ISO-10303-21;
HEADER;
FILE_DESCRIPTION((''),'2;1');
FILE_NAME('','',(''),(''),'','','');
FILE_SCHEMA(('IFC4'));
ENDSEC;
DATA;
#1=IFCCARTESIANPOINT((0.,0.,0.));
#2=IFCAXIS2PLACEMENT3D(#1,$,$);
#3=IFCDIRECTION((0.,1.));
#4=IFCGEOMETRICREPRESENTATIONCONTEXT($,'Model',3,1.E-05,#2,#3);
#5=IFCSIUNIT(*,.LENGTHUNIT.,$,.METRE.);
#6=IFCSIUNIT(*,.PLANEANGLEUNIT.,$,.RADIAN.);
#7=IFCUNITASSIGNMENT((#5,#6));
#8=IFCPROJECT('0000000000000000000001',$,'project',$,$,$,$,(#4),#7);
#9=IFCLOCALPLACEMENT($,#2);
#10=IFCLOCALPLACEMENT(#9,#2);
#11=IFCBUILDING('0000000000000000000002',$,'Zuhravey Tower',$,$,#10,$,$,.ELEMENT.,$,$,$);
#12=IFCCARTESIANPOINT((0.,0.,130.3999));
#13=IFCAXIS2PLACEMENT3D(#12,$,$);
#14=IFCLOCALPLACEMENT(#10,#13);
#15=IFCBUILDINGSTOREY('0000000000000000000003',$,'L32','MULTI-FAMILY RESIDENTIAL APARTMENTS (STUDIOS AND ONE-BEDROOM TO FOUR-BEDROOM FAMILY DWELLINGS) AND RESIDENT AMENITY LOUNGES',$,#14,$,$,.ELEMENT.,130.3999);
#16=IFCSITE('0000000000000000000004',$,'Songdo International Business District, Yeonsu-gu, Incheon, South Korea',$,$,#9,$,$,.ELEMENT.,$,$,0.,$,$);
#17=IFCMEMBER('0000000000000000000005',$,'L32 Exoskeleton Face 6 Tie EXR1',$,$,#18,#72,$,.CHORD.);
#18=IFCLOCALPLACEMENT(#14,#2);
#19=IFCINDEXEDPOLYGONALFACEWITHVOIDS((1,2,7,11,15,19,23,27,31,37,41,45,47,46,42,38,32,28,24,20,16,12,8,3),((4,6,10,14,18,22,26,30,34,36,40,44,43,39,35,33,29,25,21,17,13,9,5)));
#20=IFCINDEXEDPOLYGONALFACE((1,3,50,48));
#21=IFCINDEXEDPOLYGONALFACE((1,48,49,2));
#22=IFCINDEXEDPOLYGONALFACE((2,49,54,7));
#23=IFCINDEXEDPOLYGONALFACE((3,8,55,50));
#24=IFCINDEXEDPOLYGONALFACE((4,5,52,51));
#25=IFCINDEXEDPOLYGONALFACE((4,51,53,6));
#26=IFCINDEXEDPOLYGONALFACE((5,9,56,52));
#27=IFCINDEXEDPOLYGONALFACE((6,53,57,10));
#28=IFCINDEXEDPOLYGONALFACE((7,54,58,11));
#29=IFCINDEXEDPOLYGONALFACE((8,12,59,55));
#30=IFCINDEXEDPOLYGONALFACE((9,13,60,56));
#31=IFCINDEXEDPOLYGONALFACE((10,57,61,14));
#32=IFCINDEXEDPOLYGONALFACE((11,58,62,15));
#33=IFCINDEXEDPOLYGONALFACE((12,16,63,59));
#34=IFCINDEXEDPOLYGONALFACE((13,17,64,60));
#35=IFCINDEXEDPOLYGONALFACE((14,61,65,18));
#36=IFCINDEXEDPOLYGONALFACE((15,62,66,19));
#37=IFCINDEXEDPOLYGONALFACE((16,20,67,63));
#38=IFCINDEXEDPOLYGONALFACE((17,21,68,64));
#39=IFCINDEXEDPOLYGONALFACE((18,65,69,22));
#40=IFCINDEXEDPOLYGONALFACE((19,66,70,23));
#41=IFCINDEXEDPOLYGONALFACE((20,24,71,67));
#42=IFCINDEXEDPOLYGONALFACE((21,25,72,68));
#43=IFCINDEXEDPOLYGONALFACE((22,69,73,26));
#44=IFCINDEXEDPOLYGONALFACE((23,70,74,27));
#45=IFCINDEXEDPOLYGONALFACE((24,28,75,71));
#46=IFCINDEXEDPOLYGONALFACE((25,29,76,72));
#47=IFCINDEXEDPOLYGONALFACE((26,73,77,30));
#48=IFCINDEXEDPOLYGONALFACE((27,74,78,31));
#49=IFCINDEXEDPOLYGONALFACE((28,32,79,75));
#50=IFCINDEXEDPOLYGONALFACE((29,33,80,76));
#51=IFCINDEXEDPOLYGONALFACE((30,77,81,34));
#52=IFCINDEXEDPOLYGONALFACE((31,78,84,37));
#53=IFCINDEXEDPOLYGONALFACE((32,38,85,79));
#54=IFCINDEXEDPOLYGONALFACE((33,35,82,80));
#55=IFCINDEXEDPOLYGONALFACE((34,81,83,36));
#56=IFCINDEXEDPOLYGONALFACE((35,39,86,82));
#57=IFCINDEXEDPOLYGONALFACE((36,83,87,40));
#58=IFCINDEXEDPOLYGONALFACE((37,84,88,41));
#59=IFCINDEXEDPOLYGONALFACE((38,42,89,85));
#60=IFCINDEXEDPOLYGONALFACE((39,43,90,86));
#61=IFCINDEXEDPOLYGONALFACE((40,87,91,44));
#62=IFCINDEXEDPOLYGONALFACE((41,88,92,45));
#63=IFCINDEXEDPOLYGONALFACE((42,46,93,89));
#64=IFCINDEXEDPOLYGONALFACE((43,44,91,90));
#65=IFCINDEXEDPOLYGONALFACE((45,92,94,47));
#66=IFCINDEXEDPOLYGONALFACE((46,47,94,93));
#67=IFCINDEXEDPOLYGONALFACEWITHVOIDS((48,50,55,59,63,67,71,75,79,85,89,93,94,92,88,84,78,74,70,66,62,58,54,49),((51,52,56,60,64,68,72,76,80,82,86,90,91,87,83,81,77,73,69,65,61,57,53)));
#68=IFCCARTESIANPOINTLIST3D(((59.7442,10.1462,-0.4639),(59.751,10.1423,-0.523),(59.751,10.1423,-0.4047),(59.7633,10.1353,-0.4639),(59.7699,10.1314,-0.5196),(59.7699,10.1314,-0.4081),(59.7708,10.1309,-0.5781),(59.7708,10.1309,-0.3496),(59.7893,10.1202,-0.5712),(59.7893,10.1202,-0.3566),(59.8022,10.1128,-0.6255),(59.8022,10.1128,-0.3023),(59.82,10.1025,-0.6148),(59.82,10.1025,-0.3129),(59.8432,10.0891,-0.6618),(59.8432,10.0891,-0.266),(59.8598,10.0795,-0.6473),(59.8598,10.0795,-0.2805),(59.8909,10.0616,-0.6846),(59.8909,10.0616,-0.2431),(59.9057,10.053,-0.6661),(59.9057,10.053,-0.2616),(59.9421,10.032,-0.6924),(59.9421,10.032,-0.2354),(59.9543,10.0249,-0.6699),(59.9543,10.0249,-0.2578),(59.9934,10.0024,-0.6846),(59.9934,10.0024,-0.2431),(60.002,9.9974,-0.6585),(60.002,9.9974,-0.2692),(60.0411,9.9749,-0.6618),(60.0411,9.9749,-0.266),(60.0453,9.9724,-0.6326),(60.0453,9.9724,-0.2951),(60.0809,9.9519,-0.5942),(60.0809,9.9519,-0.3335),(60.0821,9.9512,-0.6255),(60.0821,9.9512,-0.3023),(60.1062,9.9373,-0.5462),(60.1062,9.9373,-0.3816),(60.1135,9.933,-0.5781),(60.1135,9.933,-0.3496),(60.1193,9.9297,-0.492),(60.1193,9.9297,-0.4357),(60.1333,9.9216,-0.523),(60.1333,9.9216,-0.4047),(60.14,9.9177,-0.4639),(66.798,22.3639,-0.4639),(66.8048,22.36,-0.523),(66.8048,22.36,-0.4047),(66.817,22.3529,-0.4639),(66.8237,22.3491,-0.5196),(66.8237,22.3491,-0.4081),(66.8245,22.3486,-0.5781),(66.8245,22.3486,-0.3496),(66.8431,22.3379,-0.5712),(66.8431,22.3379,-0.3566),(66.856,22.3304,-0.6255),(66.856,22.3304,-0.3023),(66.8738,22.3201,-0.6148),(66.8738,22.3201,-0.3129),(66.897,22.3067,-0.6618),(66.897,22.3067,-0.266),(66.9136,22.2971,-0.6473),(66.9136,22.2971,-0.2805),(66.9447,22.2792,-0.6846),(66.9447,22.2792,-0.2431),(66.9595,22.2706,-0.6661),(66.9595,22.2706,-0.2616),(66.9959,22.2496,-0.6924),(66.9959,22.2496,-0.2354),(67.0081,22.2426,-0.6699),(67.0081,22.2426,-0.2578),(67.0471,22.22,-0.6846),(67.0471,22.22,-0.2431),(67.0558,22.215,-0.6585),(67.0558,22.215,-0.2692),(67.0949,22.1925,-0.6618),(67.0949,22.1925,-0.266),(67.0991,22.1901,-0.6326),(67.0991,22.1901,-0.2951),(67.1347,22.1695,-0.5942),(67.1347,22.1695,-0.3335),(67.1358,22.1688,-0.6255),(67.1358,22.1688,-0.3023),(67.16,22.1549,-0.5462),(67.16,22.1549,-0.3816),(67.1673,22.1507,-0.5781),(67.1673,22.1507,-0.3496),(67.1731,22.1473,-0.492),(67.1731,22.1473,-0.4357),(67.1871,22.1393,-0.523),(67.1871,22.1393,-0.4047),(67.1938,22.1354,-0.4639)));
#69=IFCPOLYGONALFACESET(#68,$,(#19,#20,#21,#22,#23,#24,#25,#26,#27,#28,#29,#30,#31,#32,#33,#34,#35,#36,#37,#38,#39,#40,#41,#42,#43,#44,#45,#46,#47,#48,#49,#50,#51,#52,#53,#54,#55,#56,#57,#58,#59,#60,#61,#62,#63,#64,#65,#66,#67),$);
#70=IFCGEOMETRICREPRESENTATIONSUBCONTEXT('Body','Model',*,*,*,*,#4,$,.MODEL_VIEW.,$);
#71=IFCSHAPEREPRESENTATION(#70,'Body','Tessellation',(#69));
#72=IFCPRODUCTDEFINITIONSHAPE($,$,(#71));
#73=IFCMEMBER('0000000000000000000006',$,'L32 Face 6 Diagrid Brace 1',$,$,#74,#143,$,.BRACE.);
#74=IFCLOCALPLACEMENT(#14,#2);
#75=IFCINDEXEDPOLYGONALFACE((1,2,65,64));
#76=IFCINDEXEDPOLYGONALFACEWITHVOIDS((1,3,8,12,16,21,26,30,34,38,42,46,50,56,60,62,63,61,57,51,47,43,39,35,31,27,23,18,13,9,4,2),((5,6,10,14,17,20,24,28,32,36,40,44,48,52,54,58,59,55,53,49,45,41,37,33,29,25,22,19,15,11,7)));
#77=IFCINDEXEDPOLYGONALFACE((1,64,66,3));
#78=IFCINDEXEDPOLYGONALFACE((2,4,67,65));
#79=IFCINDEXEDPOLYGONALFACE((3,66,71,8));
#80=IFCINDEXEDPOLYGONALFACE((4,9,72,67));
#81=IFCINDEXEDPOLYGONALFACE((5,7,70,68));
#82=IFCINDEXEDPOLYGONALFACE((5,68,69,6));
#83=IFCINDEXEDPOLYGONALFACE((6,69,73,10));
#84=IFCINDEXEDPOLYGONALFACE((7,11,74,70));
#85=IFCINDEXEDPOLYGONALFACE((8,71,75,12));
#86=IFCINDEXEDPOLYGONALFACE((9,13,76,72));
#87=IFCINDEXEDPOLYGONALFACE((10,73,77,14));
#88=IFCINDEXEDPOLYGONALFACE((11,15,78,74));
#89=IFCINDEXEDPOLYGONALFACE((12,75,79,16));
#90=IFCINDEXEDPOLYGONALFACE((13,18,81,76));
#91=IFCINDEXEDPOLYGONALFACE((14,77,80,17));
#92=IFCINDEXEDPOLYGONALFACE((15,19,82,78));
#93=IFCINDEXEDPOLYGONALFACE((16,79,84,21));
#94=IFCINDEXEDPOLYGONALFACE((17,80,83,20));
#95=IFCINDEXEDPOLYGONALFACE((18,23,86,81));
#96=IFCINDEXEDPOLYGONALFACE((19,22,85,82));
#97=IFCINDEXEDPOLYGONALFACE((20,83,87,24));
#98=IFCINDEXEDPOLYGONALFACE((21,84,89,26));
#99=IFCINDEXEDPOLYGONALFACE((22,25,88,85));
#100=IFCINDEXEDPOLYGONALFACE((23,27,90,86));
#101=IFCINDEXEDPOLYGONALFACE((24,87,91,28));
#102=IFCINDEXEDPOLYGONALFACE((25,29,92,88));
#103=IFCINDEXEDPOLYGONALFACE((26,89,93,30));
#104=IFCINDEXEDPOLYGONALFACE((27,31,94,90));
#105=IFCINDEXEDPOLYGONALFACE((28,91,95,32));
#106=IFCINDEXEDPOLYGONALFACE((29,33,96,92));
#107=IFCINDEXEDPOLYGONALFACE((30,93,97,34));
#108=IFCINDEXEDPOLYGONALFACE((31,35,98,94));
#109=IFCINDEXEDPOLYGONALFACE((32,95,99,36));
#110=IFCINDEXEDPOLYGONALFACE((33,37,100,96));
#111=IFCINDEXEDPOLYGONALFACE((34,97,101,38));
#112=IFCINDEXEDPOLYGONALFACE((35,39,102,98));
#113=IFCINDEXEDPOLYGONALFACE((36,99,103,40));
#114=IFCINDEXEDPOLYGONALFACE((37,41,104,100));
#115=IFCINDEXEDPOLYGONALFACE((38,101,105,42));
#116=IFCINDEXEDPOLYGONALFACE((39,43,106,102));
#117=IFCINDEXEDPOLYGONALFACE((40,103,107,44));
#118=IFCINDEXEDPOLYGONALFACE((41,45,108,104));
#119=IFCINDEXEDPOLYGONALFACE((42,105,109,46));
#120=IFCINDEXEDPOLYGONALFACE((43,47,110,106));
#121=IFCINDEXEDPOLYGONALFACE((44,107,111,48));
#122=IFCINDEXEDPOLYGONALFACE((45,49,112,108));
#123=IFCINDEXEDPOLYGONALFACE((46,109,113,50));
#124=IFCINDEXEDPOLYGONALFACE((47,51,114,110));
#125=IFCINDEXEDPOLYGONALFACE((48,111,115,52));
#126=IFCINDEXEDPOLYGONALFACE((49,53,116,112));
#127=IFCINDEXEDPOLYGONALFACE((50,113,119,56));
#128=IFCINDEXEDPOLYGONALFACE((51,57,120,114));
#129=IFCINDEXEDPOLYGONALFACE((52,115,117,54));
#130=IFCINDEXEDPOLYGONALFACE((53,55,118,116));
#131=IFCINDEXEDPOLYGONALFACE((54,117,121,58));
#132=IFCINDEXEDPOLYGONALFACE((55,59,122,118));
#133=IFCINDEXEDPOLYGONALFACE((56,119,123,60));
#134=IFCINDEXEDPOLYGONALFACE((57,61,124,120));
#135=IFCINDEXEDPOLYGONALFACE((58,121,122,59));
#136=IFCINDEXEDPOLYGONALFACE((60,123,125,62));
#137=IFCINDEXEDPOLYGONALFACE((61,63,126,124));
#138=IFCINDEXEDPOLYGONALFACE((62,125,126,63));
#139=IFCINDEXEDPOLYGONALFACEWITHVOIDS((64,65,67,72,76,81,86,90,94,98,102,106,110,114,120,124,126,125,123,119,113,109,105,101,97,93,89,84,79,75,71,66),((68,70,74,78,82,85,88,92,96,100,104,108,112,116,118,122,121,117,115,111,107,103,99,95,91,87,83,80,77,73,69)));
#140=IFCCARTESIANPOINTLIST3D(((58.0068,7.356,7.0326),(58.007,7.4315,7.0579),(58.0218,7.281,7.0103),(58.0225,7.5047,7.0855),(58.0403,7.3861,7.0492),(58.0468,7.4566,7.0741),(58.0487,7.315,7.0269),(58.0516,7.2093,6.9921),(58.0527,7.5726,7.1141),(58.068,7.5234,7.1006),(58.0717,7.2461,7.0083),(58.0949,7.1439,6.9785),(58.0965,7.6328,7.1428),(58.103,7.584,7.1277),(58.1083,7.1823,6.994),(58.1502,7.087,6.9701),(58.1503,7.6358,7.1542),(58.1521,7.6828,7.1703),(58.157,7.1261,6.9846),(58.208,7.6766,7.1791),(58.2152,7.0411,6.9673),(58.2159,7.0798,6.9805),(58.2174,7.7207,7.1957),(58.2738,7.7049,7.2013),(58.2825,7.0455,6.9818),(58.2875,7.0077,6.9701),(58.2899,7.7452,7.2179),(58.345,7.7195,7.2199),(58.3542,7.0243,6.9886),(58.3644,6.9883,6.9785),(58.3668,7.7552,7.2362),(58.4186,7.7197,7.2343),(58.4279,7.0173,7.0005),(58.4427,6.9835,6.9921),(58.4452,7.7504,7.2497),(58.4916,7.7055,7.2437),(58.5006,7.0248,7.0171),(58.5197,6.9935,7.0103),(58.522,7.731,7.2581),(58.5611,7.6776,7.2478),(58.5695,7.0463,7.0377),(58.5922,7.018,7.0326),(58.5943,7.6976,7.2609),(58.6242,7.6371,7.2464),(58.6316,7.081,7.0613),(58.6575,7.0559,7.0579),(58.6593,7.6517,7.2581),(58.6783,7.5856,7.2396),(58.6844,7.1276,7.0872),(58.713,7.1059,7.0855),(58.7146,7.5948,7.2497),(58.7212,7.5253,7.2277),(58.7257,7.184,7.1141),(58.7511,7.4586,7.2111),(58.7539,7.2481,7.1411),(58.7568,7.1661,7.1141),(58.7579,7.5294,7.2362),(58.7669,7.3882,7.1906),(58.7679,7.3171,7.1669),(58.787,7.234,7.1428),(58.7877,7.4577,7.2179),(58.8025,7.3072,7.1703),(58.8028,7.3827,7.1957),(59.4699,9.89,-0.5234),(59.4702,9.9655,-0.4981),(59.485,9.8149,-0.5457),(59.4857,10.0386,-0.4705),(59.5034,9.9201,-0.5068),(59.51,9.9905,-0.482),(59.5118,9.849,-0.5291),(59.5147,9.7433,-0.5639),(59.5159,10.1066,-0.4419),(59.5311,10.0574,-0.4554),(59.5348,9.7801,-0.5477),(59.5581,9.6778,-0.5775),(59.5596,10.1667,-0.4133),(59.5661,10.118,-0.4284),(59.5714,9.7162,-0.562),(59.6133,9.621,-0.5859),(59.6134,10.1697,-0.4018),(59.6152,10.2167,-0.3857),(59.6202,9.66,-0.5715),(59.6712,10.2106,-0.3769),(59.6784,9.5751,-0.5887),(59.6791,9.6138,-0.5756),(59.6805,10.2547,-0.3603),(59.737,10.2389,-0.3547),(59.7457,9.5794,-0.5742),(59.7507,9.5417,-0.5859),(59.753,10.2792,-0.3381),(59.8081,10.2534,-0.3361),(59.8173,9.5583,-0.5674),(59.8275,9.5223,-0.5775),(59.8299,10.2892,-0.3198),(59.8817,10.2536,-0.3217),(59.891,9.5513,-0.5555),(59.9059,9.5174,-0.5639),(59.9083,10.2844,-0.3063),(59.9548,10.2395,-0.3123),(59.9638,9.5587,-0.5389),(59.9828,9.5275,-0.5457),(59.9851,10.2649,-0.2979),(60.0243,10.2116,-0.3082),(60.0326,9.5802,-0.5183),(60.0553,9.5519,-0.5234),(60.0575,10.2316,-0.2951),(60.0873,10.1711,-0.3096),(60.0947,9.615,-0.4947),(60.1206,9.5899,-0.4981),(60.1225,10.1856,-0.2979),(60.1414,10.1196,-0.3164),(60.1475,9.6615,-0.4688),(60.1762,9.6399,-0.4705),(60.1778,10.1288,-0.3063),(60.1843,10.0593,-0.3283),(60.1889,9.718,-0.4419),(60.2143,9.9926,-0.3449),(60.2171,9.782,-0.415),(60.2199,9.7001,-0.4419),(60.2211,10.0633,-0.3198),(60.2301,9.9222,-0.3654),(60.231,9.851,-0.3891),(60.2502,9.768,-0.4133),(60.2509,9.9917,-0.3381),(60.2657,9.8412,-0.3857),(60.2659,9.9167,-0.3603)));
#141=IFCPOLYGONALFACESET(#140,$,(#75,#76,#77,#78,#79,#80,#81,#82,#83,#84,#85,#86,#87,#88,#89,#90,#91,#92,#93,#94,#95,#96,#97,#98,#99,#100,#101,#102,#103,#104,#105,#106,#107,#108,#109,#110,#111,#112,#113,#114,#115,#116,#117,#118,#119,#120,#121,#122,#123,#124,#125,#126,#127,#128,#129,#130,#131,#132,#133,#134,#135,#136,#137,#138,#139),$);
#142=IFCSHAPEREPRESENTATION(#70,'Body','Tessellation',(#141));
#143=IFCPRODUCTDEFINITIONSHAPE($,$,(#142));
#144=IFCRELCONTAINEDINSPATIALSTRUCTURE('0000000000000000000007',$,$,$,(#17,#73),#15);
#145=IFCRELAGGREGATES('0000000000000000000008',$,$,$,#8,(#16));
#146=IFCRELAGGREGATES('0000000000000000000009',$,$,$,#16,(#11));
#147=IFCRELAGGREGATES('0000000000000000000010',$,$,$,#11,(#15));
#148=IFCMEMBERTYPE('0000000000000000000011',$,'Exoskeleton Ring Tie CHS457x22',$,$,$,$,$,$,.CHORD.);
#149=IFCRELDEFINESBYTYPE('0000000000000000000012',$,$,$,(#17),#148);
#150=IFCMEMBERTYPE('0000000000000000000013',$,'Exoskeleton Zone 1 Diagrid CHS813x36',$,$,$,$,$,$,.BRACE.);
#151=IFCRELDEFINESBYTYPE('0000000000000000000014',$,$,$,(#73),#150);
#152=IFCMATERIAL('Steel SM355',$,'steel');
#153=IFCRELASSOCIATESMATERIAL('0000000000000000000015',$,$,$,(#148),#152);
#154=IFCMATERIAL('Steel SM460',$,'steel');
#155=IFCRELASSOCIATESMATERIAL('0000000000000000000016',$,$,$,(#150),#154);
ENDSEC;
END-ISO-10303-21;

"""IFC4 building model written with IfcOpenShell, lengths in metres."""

from ifc_helpers import new_model, si_unit, direction, frame, origin, origin_2d, place, context, subcontext, project, spatial, hollow_circle, extrude, material, material_profile, profile_set, type_object, element, save


model = new_model("IFC4")

# Units and contexts
model_context = context("Model", 3, precision=1e-05, world=origin(), true_north=direction((0.0, 1.0)))
body_context = subcontext(model_context, "Body", "Model", "MODEL_VIEW")
ifc_project = project(units=[si_unit("LENGTHUNIT", "METRE"), si_unit("PLANEANGLEUNIT", "RADIAN")], contexts=[model_context])

# Site, building, storey
site_placement = place(None, origin())
site = spatial("IfcSite", under=ifc_project, at=site_placement, Name="Songdo International Business District, Yeonsu-gu, Incheon, South Korea", CompositionType="ELEMENT", RefElevation=0.0)
building_placement = place(site_placement, origin())
building = spatial("IfcBuilding", under=site, at=building_placement, Name="Zuhravey Tower", CompositionType="ELEMENT")
storey_placement = place(building_placement, frame((0.0, 0.0, 130.3999)))
storey = spatial("IfcBuildingStorey", under=building, at=storey_placement, Name="L32", Description="MULTI-FAMILY RESIDENTIAL APARTMENTS (STUDIOS AND ONE-BEDROOM TO FOUR-BEDROOM FAMILY DWELLINGS) AND RESIDENT AMENITY LOUNGES", CompositionType="ELEMENT", Elevation=130.3999)

# Members
ifc_material_1 = material(Name="Steel SM355", Category="steel")
ifc_material_profile_1 = material_profile(ifc_material_1, hollow_circle(Radius=0.2285, WallThickness=0.022, at=origin_2d()), Name="CHS-457.2x22")
ifc_profile_set_1 = profile_set([ifc_material_profile_1], Name="Steel SM355")
member_type_1 = type_object("IfcMemberType", Name="Exoskeleton Ring Tie CHS457x22", PredefinedType="CHORD", material=ifc_profile_set_1)
member_1_placement = place(storey_placement, frame((59.9421, 10.032, -0.4639), z_axis=(0.499996, 0.866028, 0.0), x_axis=(-0.866028, 0.499996, 0.0)))
element("IfcMember", 1, at=member_1_placement, inside=storey, type_object=member_type_1, Name="L32 Exoskeleton Face 6 Tie EXR1", PredefinedType="CHORD", context=body_context, shape_type="SweptSolid", body=[
    extrude(hollow_circle(Radius=0.2285, WallThickness=0.022, at=origin_2d()), origin(), (0.0, 0.0, 1.0), 14.1077),
])
ifc_material_2 = material(Name="Steel SM460", Category="steel")
ifc_material_profile_2 = material_profile(ifc_material_2, hollow_circle(Radius=0.4065, WallThickness=0.0359, at=origin_2d()), Name="CHS-812.8x36")
ifc_profile_set_2 = profile_set([ifc_material_profile_2], Name="Steel SM460")
member_type_2 = type_object("IfcMemberType", Name="Exoskeleton Zone 1 Diagrid CHS813x36", PredefinedType="BRACE", material=ifc_profile_set_2)
member_2_placement = place(storey_placement, frame((59.8679, 9.9033, -0.4419), z_axis=(-0.180574, -0.312728, 0.93252), x_axis=(0.866001, -0.500043, 0.0)))
element("IfcMember", 2, at=member_2_placement, inside=storey, type_object=member_type_2, Name="L32 Face 6 Diagrid Brace 1", PredefinedType="BRACE", context=body_context, shape_type="SweptSolid", body=[
    extrude(hollow_circle(Radius=0.4065, WallThickness=0.0359, at=origin_2d()), origin(), (0.0, 0.0, 1.0), 8.1028),
])

save(model, "model.ifc")
